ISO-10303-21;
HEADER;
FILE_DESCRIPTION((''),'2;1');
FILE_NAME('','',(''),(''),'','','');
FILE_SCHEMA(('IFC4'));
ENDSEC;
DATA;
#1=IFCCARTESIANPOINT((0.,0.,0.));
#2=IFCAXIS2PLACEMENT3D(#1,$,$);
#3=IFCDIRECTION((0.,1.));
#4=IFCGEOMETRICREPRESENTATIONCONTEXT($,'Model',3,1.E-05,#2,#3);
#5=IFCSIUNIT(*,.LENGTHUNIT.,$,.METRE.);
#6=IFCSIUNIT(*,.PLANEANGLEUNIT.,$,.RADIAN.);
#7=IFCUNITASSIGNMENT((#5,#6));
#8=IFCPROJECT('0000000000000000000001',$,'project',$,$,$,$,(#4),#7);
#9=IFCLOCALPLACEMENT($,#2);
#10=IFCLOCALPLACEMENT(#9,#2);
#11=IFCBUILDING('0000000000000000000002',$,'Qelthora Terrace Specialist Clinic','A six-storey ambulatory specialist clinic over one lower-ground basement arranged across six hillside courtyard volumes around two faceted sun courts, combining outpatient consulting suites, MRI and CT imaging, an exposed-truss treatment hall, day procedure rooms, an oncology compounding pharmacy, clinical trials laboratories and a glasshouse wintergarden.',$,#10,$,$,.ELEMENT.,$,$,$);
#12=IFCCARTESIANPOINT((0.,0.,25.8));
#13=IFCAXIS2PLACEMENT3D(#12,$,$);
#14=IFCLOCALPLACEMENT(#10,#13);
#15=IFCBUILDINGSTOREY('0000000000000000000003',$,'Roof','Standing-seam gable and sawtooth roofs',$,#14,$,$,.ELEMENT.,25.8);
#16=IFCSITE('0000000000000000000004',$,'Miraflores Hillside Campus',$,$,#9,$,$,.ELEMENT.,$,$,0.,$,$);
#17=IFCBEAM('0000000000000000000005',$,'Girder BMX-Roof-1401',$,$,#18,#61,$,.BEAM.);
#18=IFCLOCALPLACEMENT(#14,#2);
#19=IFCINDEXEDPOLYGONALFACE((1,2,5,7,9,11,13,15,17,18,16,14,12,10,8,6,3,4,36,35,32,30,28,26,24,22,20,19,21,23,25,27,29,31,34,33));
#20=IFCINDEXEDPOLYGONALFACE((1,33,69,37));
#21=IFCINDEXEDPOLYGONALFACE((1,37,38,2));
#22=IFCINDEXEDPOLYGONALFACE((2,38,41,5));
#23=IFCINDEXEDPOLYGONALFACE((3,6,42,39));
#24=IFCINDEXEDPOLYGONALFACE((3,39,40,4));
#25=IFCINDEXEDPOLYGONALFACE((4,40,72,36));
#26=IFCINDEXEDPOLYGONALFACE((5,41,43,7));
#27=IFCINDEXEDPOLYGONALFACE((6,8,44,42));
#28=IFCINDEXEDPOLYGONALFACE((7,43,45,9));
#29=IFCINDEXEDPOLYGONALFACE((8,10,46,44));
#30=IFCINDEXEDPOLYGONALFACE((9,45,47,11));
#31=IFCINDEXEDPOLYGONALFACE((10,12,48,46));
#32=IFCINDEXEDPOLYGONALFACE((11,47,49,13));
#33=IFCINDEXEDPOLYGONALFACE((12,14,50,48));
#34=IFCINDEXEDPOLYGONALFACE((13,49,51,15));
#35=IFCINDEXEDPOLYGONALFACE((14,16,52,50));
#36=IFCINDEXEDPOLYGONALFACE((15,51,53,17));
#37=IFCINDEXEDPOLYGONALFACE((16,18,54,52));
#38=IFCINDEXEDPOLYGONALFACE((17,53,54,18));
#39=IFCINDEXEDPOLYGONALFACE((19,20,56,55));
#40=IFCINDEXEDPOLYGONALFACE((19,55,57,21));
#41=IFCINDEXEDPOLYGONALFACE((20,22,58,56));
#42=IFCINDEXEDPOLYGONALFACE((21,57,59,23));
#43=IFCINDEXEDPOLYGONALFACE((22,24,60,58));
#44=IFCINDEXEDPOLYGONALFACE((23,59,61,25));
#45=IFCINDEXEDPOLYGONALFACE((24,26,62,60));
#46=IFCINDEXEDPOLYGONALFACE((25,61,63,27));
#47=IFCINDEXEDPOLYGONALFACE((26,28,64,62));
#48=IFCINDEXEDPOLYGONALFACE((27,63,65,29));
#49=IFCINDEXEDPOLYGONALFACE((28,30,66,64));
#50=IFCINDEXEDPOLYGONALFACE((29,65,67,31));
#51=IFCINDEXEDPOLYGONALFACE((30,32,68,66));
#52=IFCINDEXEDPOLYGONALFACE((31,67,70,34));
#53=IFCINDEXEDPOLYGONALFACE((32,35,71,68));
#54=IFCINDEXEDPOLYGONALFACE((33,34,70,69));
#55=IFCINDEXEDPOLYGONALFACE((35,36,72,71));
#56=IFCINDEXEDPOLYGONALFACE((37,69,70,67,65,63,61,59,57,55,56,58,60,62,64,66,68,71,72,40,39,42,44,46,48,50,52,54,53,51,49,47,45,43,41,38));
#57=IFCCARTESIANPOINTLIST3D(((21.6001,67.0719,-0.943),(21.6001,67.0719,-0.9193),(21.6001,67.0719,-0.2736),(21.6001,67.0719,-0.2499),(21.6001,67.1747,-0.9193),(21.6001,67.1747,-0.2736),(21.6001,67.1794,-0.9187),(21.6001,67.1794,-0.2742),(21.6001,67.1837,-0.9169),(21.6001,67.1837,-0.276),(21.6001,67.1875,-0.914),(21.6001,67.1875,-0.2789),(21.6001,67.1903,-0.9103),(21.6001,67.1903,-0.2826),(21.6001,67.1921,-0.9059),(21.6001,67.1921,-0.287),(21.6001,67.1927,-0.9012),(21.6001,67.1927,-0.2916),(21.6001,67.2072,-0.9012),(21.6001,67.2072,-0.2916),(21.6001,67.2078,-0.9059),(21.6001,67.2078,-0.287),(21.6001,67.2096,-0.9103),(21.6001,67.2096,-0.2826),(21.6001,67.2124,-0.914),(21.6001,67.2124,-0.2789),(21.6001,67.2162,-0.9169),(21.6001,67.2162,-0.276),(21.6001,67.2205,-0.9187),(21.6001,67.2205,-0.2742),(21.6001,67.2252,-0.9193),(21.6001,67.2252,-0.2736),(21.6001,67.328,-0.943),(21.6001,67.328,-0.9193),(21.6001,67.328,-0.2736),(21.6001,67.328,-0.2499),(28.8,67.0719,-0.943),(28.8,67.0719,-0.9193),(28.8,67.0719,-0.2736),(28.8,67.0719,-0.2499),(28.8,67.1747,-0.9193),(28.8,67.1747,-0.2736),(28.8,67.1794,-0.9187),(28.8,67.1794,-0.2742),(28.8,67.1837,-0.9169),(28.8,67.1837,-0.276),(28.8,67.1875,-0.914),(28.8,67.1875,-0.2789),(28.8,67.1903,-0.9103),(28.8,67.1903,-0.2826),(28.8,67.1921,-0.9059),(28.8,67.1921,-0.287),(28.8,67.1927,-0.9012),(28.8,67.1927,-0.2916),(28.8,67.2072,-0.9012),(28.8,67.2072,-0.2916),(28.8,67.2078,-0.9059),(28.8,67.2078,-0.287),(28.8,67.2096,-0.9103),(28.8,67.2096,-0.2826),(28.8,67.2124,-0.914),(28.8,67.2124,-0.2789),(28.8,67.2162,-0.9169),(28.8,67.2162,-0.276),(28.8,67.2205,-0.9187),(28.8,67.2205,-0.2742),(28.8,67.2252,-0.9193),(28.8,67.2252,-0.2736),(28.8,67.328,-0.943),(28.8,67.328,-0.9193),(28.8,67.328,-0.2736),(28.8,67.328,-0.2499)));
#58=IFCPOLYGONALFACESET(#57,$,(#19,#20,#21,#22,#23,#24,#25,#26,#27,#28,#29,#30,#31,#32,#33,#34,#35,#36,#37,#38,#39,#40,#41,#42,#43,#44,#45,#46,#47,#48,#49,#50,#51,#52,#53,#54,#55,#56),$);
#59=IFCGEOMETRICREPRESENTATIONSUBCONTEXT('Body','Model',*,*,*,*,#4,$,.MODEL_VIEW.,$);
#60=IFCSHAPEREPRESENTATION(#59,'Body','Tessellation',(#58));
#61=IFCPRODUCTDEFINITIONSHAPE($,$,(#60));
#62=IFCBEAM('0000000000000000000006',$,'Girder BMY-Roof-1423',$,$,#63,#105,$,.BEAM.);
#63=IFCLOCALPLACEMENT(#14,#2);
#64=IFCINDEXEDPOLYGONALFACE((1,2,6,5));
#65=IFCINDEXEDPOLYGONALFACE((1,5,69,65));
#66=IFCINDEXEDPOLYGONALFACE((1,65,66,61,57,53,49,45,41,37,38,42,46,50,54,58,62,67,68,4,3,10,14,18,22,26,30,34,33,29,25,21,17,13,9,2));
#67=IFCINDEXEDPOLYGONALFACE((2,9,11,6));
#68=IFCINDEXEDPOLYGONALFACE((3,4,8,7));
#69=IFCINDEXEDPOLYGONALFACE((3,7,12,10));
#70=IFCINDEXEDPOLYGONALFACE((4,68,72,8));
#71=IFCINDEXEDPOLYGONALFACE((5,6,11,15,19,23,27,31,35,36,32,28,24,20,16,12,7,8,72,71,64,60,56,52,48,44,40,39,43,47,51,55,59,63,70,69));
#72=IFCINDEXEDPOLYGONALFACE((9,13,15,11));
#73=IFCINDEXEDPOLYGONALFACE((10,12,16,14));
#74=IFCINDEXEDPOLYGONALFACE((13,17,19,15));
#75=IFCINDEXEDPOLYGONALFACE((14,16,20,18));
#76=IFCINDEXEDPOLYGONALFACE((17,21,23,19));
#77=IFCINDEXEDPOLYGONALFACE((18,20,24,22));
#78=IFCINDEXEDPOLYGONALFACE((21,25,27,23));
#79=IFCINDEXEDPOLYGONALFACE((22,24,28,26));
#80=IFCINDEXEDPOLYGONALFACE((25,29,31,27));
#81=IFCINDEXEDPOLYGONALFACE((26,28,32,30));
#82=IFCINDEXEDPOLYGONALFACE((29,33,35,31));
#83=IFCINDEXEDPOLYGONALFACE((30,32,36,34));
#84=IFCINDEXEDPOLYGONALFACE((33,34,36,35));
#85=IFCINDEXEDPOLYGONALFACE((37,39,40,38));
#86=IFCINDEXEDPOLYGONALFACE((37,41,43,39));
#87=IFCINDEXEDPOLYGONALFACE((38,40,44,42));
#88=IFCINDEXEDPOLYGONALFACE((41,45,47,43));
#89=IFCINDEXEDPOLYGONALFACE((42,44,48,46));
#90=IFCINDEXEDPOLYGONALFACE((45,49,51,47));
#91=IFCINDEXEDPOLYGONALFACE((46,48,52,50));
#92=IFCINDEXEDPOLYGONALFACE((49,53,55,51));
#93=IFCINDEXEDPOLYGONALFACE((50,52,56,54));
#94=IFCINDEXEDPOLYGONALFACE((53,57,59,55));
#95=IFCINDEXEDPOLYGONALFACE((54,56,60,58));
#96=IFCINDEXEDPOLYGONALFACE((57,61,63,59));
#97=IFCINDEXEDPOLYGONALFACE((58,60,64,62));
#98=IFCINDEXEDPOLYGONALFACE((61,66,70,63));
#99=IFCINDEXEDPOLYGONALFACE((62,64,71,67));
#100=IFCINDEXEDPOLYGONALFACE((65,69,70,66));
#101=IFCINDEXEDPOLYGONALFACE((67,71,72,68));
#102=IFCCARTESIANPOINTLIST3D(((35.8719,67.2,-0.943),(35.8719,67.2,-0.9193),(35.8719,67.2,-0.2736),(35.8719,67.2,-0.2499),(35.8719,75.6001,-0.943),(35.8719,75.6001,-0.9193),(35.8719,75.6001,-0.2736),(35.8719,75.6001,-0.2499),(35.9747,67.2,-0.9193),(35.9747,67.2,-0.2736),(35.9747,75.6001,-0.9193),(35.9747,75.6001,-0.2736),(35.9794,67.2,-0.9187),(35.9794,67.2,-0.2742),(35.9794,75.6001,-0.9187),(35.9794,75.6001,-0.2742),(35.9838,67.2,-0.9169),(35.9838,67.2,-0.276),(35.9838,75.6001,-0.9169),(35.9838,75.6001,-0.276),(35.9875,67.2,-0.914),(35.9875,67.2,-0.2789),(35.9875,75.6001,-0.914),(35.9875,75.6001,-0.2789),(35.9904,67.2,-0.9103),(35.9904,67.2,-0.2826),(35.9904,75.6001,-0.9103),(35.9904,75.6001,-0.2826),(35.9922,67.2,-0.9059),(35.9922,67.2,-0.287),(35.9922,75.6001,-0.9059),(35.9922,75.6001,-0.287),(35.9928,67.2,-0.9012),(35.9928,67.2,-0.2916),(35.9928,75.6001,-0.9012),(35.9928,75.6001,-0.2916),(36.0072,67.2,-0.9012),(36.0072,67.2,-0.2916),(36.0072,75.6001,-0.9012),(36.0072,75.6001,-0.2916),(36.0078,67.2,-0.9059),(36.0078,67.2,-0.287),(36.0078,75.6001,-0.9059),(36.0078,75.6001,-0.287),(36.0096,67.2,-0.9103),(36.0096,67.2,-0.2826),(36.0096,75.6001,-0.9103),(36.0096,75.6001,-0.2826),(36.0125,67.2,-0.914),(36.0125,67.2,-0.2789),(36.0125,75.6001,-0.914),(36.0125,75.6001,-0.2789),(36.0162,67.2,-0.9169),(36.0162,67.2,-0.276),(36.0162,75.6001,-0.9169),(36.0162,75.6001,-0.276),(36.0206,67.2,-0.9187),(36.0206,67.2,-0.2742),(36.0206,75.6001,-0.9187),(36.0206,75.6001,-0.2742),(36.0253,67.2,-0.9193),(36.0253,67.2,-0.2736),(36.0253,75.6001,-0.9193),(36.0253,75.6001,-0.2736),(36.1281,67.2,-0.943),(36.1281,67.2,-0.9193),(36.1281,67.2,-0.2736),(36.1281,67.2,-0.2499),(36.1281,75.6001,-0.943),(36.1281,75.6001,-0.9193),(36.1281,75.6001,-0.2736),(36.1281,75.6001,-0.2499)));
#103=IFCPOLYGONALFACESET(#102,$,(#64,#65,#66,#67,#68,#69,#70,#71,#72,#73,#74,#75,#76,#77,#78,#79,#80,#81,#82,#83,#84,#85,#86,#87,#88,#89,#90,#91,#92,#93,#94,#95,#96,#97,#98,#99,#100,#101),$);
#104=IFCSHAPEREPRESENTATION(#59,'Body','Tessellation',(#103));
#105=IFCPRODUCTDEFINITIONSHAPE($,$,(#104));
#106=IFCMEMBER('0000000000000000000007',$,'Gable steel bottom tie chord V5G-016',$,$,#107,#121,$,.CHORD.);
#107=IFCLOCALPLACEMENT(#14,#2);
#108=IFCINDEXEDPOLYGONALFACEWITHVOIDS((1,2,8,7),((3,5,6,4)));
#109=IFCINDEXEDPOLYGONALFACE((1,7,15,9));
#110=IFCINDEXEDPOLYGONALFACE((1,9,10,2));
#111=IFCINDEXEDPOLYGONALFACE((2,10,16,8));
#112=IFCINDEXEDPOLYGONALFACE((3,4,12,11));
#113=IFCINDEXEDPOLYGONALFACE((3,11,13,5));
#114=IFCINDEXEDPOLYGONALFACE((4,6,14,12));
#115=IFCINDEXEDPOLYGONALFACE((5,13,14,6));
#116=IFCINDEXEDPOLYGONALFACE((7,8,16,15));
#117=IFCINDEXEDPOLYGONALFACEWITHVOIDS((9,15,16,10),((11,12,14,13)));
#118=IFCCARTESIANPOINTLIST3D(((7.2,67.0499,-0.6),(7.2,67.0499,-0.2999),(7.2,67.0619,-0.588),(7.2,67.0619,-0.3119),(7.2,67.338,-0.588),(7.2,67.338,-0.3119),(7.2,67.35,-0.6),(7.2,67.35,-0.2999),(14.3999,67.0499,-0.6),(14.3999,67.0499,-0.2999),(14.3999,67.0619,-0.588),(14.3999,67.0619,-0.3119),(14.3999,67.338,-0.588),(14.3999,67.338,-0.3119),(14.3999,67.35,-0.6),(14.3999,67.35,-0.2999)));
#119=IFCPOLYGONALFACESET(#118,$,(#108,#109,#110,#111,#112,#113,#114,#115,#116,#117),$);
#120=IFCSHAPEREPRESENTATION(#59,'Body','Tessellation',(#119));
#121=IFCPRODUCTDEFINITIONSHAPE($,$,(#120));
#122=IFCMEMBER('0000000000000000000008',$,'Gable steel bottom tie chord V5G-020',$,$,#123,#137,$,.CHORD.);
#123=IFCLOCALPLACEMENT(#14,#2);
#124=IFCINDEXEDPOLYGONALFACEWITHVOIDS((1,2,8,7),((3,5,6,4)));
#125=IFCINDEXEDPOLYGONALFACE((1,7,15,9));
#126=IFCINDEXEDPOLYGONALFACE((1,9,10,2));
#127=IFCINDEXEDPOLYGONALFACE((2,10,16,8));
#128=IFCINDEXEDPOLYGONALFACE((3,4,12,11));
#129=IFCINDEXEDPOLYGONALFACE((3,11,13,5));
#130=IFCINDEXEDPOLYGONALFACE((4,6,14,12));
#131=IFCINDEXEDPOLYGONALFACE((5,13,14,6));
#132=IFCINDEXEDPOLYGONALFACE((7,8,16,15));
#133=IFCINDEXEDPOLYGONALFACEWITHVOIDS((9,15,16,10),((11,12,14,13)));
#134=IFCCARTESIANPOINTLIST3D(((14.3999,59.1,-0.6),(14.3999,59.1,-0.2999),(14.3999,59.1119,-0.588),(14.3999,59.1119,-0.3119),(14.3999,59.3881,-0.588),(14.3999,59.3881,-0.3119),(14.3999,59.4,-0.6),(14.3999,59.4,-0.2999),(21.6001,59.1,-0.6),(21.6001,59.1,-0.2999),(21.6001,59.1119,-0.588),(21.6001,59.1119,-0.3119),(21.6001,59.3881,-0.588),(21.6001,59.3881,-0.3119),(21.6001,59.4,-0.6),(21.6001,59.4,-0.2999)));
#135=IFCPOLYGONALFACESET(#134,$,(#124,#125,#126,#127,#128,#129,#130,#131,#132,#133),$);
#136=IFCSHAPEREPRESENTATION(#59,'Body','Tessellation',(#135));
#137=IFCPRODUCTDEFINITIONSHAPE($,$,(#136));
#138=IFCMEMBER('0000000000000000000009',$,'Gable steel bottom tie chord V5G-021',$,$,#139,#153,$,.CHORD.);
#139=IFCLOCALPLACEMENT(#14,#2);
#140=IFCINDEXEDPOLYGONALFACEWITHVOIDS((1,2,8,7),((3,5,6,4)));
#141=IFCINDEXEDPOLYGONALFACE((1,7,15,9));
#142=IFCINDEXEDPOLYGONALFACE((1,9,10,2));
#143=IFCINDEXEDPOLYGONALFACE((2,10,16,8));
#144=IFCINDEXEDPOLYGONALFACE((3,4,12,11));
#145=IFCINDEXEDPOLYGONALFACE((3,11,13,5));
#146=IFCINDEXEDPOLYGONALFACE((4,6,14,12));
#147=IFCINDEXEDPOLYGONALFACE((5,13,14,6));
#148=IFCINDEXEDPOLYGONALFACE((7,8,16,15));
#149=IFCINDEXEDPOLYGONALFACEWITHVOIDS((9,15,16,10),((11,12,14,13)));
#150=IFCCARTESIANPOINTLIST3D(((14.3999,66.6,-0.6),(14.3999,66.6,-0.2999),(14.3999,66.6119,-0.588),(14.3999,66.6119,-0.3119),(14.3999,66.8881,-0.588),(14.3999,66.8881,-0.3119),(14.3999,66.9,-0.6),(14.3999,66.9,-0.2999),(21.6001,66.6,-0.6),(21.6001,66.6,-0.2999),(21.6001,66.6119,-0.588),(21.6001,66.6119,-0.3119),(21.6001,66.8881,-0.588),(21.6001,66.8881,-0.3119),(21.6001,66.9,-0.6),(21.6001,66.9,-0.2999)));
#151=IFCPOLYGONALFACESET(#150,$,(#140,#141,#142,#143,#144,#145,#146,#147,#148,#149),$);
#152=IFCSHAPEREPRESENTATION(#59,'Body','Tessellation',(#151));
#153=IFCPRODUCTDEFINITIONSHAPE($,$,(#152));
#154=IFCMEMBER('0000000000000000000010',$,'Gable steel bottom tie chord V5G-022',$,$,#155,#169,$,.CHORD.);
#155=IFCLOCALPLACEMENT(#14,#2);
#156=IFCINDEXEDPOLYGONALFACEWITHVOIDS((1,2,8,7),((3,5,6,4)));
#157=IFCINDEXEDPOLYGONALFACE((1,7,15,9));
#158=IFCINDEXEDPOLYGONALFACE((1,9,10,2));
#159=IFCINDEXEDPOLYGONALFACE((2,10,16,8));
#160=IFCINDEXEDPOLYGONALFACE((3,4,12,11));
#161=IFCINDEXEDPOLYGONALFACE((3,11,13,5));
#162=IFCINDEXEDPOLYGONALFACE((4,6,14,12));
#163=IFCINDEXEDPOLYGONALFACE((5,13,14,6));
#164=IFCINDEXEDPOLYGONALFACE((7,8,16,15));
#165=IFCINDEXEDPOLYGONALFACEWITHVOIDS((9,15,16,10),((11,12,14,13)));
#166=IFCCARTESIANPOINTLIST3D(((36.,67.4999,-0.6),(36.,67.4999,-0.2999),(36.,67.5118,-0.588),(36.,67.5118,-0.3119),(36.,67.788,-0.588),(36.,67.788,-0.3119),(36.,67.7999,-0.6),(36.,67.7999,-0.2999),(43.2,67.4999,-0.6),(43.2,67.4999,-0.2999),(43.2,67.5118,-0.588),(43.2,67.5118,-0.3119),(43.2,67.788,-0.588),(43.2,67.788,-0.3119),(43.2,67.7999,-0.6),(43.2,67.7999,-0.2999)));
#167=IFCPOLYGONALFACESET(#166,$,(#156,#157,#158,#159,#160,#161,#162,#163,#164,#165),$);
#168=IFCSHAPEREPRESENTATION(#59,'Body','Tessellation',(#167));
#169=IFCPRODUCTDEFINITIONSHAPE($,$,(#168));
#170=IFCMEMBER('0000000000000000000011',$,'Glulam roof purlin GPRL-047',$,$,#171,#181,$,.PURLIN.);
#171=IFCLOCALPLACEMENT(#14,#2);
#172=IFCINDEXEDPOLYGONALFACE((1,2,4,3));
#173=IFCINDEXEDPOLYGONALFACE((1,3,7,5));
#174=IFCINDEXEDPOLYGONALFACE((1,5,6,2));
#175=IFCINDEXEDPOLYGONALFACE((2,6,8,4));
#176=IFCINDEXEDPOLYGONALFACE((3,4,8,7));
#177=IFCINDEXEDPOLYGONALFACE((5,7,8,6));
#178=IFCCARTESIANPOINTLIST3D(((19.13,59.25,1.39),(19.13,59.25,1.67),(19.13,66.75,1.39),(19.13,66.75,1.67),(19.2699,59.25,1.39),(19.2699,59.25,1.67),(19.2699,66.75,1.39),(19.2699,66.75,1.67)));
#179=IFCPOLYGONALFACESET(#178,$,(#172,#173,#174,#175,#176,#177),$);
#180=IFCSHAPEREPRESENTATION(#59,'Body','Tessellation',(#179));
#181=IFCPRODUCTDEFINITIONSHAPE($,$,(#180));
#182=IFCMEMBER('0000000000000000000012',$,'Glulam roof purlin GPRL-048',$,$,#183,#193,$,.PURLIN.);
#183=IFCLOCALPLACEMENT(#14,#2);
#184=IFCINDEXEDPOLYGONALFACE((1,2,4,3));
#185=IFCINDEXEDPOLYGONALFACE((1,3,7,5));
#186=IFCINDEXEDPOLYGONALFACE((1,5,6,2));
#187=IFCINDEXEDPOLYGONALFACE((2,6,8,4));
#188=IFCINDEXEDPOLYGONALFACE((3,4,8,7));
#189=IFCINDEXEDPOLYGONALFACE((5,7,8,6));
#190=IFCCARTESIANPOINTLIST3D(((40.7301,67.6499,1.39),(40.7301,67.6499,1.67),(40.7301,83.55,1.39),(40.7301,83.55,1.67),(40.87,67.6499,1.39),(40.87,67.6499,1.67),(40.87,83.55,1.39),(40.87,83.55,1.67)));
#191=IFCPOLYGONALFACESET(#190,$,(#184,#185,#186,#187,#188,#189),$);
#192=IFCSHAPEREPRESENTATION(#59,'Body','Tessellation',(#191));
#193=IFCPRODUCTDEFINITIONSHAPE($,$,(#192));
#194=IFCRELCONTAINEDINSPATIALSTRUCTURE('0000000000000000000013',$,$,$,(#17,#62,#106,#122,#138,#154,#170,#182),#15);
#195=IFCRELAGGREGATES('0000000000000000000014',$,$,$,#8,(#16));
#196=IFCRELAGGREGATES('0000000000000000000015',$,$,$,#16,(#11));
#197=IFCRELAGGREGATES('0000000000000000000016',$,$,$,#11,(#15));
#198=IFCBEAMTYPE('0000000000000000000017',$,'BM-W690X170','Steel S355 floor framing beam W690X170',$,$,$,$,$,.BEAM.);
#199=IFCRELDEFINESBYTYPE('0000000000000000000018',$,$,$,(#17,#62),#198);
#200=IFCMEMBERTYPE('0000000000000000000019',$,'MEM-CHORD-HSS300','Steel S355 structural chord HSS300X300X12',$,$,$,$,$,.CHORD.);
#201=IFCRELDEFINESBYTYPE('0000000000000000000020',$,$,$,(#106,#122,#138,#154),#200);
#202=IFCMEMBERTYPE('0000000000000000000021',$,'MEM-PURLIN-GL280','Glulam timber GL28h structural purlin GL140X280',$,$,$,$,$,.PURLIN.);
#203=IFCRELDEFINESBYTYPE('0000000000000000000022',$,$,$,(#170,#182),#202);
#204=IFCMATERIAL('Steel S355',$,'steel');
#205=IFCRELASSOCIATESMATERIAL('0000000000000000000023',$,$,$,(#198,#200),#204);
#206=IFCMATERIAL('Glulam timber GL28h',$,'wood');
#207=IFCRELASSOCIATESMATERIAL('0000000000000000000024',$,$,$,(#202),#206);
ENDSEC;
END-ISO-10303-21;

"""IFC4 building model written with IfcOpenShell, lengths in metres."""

from ifc_helpers import new_model, si_unit, direction, frame, origin, origin_2d, place, context, subcontext, project, spatial, rectangle, hollow_rectangle, i_section, extrude, material, material_profile, profile_set, type_object, element, save


model = new_model("IFC4")

# Units and contexts
model_context = context("Model", 3, precision=1e-05, world=origin(), true_north=direction((0.0, 1.0)))
body_context = subcontext(model_context, "Body", "Model", "MODEL_VIEW")
ifc_project = project(units=[si_unit("LENGTHUNIT", "METRE"), si_unit("PLANEANGLEUNIT", "RADIAN")], contexts=[model_context])

# Site, building, storey
site_placement = place(None, origin())
site = spatial("IfcSite", under=ifc_project, at=site_placement, Name="Miraflores Hillside Campus", CompositionType="ELEMENT", RefElevation=0.0)
building_placement = place(site_placement, origin())
building = spatial("IfcBuilding", under=site, at=building_placement, Name="Qelthora Terrace Specialist Clinic", Description="A six-storey ambulatory specialist clinic over one lower-ground basement arranged across six hillside courtyard volumes around two faceted sun courts, combining outpatient consulting suites, MRI and CT imaging, an exposed-truss treatment hall, day procedure rooms, an oncology compounding pharmacy, clinical trials laboratories and a glasshouse wintergarden.", CompositionType="ELEMENT")
storey_placement = place(building_placement, frame((0.0, 0.0, 25.8)))
storey = spatial("IfcBuildingStorey", under=building, at=storey_placement, Name="Roof", Description="Standing-seam gable and sawtooth roofs", CompositionType="ELEMENT", Elevation=25.8)

# Beams
ifc_material_1 = material(Name="Steel S355", Category="steel")
ifc_material_profile_1 = material_profile(ifc_material_1, i_section(OverallWidth=0.2561, OverallDepth=0.6931, WebThickness=0.0144, FlangeThickness=0.0237, FilletRadius=0.0181, at=origin_2d()), Name="W690X170")
ifc_profile_set_1 = profile_set([ifc_material_profile_1], Name="Steel S355")
beam_type_1 = type_object("IfcBeamType", Name="BM-W690X170", Description="Steel S355 floor framing beam W690X170", PredefinedType="BEAM", material=ifc_profile_set_1)
beam_1_placement = place(storey_placement, frame((21.6001, 67.2, -0.5964), z_axis=(1.0, 0.0, 0.0), x_axis=(0.0, 1.0, 0.0)))
element("IfcBeam", 1, at=beam_1_placement, inside=storey, type_object=beam_type_1, Name="Girder BMX-Roof-1401", PredefinedType="BEAM", context=body_context, shape_type="SweptSolid", body=[
    extrude(i_section(OverallWidth=0.2561, OverallDepth=0.6931, WebThickness=0.0144, FlangeThickness=0.0237, FilletRadius=0.0181, at=origin_2d()), origin(), (0.0, 0.0, 1.0), 7.2),
])
beam_2_placement = place(storey_placement, frame((36.0, 67.2, -0.5964), z_axis=(0.0, 1.0, 0.0), x_axis=(-1.0, 0.0, 0.0)))
element("IfcBeam", 2, at=beam_2_placement, inside=storey, type_object=beam_type_1, Name="Girder BMY-Roof-1423", PredefinedType="BEAM", context=body_context, shape_type="SweptSolid", body=[
    extrude(i_section(OverallWidth=0.2561, OverallDepth=0.6931, WebThickness=0.0144, FlangeThickness=0.0237, FilletRadius=0.0181, at=origin_2d()), origin(), (0.0, 0.0, 1.0), 8.4001),
])

# Members
ifc_material_profile_2 = material_profile(ifc_material_1, hollow_rectangle(XDim=0.3, YDim=0.3, WallThickness=0.012, at=origin_2d()), Name="HSS300X300X12")
ifc_profile_set_2 = profile_set([ifc_material_profile_2], Name="Steel S355")
member_type_1 = type_object("IfcMemberType", Name="MEM-CHORD-HSS300", Description="Steel S355 structural chord HSS300X300X12", PredefinedType="CHORD", material=ifc_profile_set_2)
member_1_placement = place(storey_placement, frame((7.2, 67.2, -0.45), z_axis=(1.0, 0.0, 0.0), x_axis=(0.0, 1.0, 0.0)))
element("IfcMember", 3, at=member_1_placement, inside=storey, type_object=member_type_1, Name="Gable steel bottom tie chord V5G-016", PredefinedType="CHORD", context=body_context, shape_type="SweptSolid", body=[
    extrude(hollow_rectangle(XDim=0.3, YDim=0.3, WallThickness=0.012, at=origin_2d()), origin(), (0.0, 0.0, 1.0), 7.2),
])
for number, where, z_axis, x_axis, name in (
    (4, (14.3999, 59.25, -0.45), (1.0, 0.0, 0.0), (0.0, 1.0, 0.0), "Gable steel bottom tie chord V5G-020"),
    (5, (14.3999, 66.75, -0.45), (1.0, 0.0, 0.0), (0.0, 1.0, 0.0), "Gable steel bottom tie chord V5G-021"),
):
    element("IfcMember", number, at=place(storey_placement, frame(where, z_axis=z_axis, x_axis=x_axis)), inside=storey, type_object=member_type_1, Name=name, PredefinedType="CHORD", context=body_context, shape_type="SweptSolid", body=[
        extrude(hollow_rectangle(XDim=0.3, YDim=0.3, WallThickness=0.012, at=origin_2d()), origin(), (0.0, 0.0, 1.0), 7.2002),
    ])
member_2_placement = place(storey_placement, frame((36.0, 67.6499, -0.45), z_axis=(1.0, 0.0, 0.0), x_axis=(0.0, 1.0, 0.0)))
element("IfcMember", 6, at=member_2_placement, inside=storey, type_object=member_type_1, Name="Gable steel bottom tie chord V5G-022", PredefinedType="CHORD", context=body_context, shape_type="SweptSolid", body=[
    extrude(hollow_rectangle(XDim=0.3, YDim=0.3, WallThickness=0.012, at=origin_2d()), origin(), (0.0, 0.0, 1.0), 7.2),
])
ifc_material_2 = material(Name="Glulam timber GL28h", Category="wood")
ifc_material_profile_3 = material_profile(ifc_material_2, rectangle(XDim=0.1399, YDim=0.28, at=origin_2d()), Name="GL140X280")
ifc_profile_set_3 = profile_set([ifc_material_profile_3], Name="Glulam timber GL28h")
member_type_2 = type_object("IfcMemberType", Name="MEM-PURLIN-GL280", Description="Glulam timber GL28h structural purlin GL140X280", PredefinedType="PURLIN", material=ifc_profile_set_3)
member_3_placement = place(storey_placement, frame((19.2, 59.25, 1.53), z_axis=(0.0, 1.0, 0.0), x_axis=(-1.0, 0.0, 0.0)))
element("IfcMember", 7, at=member_3_placement, inside=storey, type_object=member_type_2, Name="Glulam roof purlin GPRL-047", PredefinedType="PURLIN", context=body_context, shape_type="SweptSolid", body=[
    extrude(rectangle(XDim=0.1399, YDim=0.28, at=origin_2d()), origin(), (0.0, 0.0, 1.0), 7.5),
])
for number, where, z_axis, x_axis, name in (
    (8, (40.8, 67.6499, 1.53), (0.0, 1.0, 0.0), (-1.0, 0.0, 0.0), "Glulam roof purlin GPRL-048"),
):
    element("IfcMember", number, at=place(storey_placement, frame(where, z_axis=z_axis, x_axis=x_axis)), inside=storey, type_object=member_type_2, Name=name, PredefinedType="PURLIN", context=body_context, shape_type="SweptSolid", body=[
        extrude(rectangle(XDim=0.1399, YDim=0.28, at=origin_2d()), origin(), (0.0, 0.0, 1.0), 15.9001),
    ])

save(model, "model.ifc")
